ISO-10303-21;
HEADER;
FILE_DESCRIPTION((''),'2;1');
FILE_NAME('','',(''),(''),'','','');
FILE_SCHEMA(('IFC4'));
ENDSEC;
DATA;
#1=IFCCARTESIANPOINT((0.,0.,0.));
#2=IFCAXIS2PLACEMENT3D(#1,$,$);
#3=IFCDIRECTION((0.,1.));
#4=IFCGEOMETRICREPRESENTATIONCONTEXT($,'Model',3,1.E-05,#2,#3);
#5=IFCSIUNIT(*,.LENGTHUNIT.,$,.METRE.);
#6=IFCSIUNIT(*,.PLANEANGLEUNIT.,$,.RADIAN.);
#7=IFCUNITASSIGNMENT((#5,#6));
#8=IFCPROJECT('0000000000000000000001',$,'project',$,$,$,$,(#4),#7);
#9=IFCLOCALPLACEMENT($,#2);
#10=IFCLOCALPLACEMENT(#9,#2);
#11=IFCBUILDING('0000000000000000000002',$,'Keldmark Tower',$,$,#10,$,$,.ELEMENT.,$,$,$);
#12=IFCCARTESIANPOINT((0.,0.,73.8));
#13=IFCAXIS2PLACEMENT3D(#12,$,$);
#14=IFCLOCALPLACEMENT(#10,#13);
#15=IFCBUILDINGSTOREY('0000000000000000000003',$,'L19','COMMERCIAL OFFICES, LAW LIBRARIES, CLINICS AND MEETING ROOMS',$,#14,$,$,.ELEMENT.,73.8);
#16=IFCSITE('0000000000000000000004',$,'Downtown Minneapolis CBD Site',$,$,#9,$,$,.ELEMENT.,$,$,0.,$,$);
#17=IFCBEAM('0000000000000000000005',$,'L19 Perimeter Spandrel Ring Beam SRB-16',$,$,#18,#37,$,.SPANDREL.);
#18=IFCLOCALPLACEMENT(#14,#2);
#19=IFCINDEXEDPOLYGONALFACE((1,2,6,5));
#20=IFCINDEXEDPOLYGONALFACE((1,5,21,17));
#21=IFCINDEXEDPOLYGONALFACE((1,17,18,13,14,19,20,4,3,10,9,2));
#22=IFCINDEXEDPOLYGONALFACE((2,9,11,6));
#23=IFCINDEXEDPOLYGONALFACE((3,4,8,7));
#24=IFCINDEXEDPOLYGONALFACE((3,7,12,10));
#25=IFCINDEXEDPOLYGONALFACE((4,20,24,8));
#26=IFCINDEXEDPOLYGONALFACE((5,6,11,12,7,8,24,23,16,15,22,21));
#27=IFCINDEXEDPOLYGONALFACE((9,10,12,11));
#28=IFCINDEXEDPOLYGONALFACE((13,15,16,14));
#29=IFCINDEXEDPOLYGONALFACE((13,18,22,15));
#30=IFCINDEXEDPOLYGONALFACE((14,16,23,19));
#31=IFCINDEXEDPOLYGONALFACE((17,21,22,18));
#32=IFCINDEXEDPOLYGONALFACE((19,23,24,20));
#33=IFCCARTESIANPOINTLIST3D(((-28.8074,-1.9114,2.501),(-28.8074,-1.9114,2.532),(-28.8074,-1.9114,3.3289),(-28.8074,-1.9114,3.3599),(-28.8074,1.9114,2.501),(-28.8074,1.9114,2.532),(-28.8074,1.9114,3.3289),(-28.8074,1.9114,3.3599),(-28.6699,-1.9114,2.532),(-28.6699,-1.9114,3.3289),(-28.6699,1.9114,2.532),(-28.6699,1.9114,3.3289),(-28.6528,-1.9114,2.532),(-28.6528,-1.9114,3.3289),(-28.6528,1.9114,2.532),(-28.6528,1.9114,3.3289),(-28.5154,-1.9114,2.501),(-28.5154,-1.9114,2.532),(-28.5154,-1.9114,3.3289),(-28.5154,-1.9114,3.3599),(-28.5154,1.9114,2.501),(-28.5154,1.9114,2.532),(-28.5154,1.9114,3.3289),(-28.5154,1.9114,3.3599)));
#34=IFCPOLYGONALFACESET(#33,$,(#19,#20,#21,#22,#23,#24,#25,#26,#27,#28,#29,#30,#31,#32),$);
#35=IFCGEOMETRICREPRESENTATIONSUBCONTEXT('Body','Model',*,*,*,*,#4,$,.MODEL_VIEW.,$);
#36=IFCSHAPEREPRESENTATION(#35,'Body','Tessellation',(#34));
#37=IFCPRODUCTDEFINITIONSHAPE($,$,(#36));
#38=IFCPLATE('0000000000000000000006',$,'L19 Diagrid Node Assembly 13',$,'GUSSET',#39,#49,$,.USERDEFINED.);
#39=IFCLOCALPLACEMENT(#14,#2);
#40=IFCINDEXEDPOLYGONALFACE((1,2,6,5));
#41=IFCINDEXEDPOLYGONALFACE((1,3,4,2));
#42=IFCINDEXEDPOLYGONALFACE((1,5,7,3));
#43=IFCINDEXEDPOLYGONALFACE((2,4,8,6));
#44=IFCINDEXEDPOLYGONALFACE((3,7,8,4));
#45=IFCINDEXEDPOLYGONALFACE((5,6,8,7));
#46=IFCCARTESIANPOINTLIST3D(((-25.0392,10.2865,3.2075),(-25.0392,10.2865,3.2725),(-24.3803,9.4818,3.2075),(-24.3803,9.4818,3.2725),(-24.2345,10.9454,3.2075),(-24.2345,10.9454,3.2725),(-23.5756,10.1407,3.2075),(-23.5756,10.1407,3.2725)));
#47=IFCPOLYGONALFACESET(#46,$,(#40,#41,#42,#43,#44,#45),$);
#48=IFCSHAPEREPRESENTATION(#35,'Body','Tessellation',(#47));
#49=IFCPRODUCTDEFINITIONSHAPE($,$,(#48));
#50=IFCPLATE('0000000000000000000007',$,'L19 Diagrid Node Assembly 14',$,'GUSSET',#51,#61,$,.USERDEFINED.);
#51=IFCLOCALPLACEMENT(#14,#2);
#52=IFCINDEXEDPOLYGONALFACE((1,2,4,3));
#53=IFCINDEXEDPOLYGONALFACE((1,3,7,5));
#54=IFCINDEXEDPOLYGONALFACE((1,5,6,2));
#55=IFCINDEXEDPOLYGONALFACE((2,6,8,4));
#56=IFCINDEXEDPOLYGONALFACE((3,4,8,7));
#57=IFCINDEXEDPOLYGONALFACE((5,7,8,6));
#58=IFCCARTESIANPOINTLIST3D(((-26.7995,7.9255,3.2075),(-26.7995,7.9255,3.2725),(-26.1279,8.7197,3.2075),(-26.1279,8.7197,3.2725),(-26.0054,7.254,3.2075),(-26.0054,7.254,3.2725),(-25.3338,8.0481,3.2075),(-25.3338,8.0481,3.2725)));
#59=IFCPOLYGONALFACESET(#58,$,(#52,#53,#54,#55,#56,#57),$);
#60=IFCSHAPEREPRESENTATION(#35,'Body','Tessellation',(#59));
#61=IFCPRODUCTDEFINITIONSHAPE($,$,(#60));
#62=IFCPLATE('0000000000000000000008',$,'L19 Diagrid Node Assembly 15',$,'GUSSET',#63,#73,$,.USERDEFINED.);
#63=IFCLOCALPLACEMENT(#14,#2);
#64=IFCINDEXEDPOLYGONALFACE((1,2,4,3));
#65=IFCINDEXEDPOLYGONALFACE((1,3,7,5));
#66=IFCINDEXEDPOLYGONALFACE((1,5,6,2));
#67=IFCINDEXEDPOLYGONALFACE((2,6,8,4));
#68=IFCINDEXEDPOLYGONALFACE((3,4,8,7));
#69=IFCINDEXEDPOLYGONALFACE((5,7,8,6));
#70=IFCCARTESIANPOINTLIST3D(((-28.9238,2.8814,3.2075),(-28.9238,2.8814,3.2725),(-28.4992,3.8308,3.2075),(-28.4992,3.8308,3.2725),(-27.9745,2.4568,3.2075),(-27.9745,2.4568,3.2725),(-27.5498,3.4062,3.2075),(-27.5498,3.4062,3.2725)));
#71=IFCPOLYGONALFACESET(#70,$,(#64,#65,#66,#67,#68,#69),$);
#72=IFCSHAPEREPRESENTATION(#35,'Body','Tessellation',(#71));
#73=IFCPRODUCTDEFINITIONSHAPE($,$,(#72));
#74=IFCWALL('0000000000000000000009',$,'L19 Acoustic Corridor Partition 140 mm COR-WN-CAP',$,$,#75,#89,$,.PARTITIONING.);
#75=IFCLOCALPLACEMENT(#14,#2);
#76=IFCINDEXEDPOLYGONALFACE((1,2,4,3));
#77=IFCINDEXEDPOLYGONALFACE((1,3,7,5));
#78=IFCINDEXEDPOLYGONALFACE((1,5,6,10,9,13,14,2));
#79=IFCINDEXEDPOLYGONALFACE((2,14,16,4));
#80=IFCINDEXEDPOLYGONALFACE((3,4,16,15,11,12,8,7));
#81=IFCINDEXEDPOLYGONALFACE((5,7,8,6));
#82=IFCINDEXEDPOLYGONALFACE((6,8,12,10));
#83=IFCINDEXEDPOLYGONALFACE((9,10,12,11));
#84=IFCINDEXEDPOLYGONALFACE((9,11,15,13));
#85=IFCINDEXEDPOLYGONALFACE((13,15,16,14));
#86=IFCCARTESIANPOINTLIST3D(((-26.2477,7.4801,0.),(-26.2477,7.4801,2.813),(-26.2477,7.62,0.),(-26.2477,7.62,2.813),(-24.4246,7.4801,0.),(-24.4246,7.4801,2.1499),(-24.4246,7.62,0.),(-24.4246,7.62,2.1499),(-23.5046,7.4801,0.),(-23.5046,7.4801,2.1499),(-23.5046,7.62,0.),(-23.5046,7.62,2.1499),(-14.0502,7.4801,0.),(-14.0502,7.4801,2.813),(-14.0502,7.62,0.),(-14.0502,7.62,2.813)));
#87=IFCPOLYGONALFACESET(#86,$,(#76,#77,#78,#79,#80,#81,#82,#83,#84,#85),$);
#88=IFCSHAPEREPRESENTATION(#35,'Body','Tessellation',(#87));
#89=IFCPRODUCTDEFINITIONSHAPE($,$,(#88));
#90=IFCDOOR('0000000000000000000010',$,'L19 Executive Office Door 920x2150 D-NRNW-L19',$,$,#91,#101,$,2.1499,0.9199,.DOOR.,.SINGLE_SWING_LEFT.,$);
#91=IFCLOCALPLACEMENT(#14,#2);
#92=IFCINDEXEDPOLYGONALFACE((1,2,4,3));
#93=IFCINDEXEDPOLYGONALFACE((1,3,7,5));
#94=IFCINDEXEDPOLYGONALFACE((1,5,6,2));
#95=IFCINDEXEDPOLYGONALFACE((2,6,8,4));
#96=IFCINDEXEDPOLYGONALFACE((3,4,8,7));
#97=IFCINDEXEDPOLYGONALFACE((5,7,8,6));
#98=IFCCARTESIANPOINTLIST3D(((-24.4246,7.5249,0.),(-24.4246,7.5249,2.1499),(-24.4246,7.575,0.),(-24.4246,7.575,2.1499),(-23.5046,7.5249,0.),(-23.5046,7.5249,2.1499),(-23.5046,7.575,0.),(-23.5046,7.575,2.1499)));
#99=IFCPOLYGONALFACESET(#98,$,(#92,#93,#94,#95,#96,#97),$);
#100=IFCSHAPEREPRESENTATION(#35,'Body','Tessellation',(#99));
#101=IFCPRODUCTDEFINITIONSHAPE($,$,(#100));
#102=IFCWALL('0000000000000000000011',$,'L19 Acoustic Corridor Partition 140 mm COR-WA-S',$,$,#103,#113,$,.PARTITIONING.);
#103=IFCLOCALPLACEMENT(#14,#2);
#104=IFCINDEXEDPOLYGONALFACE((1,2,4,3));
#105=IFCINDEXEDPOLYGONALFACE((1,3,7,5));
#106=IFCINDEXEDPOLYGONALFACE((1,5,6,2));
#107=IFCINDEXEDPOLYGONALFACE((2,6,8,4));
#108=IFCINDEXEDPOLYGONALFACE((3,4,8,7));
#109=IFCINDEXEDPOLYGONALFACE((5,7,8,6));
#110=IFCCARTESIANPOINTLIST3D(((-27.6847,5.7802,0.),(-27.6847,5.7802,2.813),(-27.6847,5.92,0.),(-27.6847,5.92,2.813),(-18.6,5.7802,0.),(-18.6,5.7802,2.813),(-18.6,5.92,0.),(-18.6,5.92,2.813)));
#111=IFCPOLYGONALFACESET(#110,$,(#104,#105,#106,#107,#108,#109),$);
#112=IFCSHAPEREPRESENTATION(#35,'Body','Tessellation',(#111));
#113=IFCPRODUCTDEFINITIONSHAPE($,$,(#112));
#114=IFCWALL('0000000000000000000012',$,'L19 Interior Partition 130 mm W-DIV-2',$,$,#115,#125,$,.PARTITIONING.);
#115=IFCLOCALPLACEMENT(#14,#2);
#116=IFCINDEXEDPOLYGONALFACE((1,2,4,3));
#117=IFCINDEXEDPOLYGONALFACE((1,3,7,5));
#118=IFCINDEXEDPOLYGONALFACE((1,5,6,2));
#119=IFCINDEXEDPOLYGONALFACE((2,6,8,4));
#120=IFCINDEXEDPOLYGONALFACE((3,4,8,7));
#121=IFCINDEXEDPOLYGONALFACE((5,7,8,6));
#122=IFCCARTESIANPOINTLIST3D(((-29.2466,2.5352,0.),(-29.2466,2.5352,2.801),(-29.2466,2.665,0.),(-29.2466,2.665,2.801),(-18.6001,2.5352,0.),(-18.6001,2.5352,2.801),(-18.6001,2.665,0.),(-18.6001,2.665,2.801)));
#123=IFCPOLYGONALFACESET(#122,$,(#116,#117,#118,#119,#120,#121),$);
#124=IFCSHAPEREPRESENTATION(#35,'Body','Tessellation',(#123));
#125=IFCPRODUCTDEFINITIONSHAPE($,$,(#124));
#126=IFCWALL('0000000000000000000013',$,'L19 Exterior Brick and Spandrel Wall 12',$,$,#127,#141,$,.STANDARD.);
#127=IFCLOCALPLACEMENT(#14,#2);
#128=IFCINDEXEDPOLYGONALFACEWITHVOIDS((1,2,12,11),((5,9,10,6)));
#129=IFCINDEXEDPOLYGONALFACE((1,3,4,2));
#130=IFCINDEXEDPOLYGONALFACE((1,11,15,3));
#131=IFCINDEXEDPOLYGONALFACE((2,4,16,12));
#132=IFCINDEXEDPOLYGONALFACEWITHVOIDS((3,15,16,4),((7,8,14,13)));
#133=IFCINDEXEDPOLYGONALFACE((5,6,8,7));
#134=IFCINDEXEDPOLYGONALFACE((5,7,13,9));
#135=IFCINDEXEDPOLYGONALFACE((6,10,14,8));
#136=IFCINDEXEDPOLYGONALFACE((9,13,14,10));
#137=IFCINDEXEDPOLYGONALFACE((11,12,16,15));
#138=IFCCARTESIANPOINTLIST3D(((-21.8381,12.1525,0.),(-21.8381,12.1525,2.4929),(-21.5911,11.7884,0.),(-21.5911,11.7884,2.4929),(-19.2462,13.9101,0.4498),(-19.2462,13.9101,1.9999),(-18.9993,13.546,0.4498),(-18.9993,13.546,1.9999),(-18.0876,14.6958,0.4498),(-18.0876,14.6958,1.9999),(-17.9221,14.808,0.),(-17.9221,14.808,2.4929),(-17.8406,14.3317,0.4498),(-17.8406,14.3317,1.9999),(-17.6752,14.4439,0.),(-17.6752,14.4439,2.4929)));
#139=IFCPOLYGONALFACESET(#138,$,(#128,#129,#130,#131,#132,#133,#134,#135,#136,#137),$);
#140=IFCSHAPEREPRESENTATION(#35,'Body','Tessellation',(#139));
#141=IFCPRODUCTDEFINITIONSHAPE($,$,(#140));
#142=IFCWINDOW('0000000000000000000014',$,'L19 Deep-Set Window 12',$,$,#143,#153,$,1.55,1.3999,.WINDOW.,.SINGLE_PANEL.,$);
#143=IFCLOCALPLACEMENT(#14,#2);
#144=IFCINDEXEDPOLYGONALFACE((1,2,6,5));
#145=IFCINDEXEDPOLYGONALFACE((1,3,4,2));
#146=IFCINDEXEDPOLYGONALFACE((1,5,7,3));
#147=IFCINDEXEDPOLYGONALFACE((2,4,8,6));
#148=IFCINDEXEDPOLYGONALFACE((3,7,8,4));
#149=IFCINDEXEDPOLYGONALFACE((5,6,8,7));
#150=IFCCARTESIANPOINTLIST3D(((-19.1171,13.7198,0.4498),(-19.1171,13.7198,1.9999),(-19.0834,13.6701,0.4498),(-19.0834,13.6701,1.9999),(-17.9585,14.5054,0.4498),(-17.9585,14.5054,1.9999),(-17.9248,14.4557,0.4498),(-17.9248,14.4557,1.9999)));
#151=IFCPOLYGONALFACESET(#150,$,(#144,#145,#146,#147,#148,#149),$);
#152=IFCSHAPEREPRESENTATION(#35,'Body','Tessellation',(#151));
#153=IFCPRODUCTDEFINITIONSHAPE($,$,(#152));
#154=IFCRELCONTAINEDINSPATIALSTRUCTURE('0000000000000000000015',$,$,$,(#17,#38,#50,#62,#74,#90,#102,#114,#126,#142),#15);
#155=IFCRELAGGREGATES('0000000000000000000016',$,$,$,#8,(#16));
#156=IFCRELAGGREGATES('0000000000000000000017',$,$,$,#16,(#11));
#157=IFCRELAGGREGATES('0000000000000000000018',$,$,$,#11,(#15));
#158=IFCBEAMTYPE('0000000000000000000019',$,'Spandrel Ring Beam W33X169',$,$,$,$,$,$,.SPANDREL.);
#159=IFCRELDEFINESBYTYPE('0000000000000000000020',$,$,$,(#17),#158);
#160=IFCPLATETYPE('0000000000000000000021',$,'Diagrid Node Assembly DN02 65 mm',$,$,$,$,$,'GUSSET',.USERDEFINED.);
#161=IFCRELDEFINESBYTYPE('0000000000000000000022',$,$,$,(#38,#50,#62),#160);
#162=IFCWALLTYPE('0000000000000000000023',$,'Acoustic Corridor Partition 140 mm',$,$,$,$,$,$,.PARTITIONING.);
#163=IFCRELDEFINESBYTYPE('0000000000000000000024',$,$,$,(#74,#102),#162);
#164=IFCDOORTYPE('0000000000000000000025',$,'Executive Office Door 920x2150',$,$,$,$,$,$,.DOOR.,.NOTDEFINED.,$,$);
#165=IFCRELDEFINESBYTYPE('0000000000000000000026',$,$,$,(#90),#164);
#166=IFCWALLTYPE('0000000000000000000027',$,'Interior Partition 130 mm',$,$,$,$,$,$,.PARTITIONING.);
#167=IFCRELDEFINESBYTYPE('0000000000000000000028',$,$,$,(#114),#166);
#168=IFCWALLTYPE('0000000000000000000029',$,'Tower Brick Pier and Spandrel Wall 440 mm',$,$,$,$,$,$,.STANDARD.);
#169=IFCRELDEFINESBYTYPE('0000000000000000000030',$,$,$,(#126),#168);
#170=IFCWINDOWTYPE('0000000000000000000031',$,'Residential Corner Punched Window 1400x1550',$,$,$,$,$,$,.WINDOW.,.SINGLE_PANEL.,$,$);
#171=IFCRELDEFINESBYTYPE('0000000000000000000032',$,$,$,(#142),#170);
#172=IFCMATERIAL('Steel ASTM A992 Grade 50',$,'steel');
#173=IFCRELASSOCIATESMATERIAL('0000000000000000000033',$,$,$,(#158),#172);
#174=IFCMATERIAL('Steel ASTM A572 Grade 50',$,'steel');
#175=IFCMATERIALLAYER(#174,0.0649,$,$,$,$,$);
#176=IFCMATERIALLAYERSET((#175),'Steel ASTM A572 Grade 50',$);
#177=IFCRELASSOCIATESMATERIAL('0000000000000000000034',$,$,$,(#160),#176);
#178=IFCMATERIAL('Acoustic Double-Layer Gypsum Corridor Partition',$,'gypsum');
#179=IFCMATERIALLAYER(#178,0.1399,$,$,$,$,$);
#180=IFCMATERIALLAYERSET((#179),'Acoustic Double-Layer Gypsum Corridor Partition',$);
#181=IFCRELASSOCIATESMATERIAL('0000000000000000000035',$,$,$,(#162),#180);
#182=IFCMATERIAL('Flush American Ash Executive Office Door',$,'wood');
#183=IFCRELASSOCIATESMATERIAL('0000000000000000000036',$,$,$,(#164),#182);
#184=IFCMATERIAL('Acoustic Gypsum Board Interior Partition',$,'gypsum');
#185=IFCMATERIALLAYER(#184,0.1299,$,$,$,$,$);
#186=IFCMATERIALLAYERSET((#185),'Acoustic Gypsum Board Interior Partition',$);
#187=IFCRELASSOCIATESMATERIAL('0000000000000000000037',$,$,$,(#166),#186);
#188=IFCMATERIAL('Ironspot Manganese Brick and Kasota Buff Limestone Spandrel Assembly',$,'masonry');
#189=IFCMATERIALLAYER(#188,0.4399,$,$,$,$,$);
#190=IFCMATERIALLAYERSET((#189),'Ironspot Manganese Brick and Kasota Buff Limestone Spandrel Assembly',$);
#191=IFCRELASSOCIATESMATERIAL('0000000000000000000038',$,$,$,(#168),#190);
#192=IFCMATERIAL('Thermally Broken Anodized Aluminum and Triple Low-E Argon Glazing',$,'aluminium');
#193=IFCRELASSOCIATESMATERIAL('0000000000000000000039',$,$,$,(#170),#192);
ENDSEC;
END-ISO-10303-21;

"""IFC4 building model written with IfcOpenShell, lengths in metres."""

from ifc_helpers import new_model, si_unit, direction, frame, frame_2d, origin, origin_2d, place, context, subcontext, project, spatial, rectangle, i_section, extrude, material, layer, layer_set, material_profile, profile_set, type_object, element, fill, save


model = new_model("IFC4")

# Units and contexts
model_context = context("Model", 3, precision=1e-05, world=origin(), true_north=direction((0.0, 1.0)))
body_context = subcontext(model_context, "Body", "Model", "MODEL_VIEW")
ifc_project = project(units=[si_unit("LENGTHUNIT", "METRE"), si_unit("PLANEANGLEUNIT", "RADIAN")], contexts=[model_context])

# Site, building, storey
site_placement = place(None, origin())
site = spatial("IfcSite", under=ifc_project, at=site_placement, Name="Downtown Minneapolis CBD Site", CompositionType="ELEMENT", RefElevation=0.0)
building_placement = place(site_placement, origin())
building = spatial("IfcBuilding", under=site, at=building_placement, Name="Keldmark Tower", CompositionType="ELEMENT")
storey_placement = place(building_placement, frame((0.0, 0.0, 73.8)))
storey = spatial("IfcBuildingStorey", under=building, at=storey_placement, Name="L19", Description="COMMERCIAL OFFICES, LAW LIBRARIES, CLINICS AND MEETING ROOMS", CompositionType="ELEMENT", Elevation=73.8)

# Beam
ifc_material_1 = material(Name="Steel ASTM A992 Grade 50", Category="steel")
ifc_material_profile_1 = material_profile(ifc_material_1, i_section(OverallWidth=0.292, OverallDepth=0.8589, WebThickness=0.0171, FlangeThickness=0.031, at=origin_2d()), Name="W33X169")
ifc_profile_set_1 = profile_set([ifc_material_profile_1], Name="Steel ASTM A992 Grade 50")
beam_type_1 = type_object("IfcBeamType", Name="Spandrel Ring Beam W33X169", PredefinedType="SPANDREL", material=ifc_profile_set_1)
beam_1_placement = place(storey_placement, frame((-28.6614, 1.9114, 2.9304), z_axis=(0.0, -1.0, 0.0), x_axis=(1.0, 0.0, 0.0)))
element("IfcBeam", 1, at=beam_1_placement, inside=storey, type_object=beam_type_1, Name="L19 Perimeter Spandrel Ring Beam SRB-16", PredefinedType="SPANDREL", context=body_context, shape_type="SweptSolid", body=[
    extrude(i_section(OverallWidth=0.292, OverallDepth=0.8589, WebThickness=0.0171, FlangeThickness=0.031, at=origin_2d()), origin(), (0.0, 0.0, 1.0), 3.8228),
])

# Plates
ifc_material_2 = material(Name="Steel ASTM A572 Grade 50", Category="steel")
ifc_layer_1 = layer(ifc_material_2, 0.0649)
ifc_layer_set_1 = layer_set([ifc_layer_1], Name="Steel ASTM A572 Grade 50")
plate_type = type_object("IfcPlateType", Name="Diagrid Node Assembly DN02 65 mm", ElementType="GUSSET", PredefinedType="USERDEFINED", material=ifc_layer_set_1)
for number, where, z_axis, x_axis, name in (
    (2, (-24.3074, 10.2136, 3.2075), (0.0, 0.0, 1.0), (-0.77373, -0.633516, 0.0), "L19 Diagrid Node Assembly 13"),
    (3, (-26.0667, 7.9868, 3.2075), (0.0, 0.0, 1.0), (-0.645724, -0.763571, 0.0), "L19 Diagrid Node Assembly 14"),
    (4, (-28.2368, 3.1438, 3.2075), (0.0, 0.0, 1.0), (-0.40833, -0.912834, 0.0), "L19 Diagrid Node Assembly 15"),
):
    element("IfcPlate", number, at=place(storey_placement, frame(where, z_axis=z_axis, x_axis=x_axis)), inside=storey, type_object=plate_type, Name=name, ObjectType="GUSSET", PredefinedType="USERDEFINED", context=body_context, shape_type="SweptSolid", body=[
        extrude(rectangle(XDim=1.04, YDim=1.04, at=origin_2d()), origin(), (0.0, 0.0, 1.0), 0.0649),
    ])

# Wall, opening, door
ifc_material_3 = material(Name="Acoustic Double-Layer Gypsum Corridor Partition", Category="gypsum")
ifc_layer_2 = layer(ifc_material_3, 0.1399)
ifc_layer_set_2 = layer_set([ifc_layer_2], Name="Acoustic Double-Layer Gypsum Corridor Partition")
wall_type_1 = type_object("IfcWallType", Name="Acoustic Corridor Partition 140 mm", PredefinedType="PARTITIONING", material=ifc_layer_set_2)
wall_1_placement = place(storey_placement, frame((-26.2476, 7.55, 0.0), z_axis=(0.0, 0.0, 1.0), x_axis=(1.0, 0.0, 0.0)))
wall_1 = element("IfcWall", 5, at=wall_1_placement, inside=storey, type_object=wall_type_1, Name="L19 Acoustic Corridor Partition 140 mm COR-WN-CAP", PredefinedType="PARTITIONING", context=body_context, shape_type="SweptSolid", body=[
    extrude(rectangle(XDim=12.1975, YDim=0.1399, at=frame_2d((6.0986, 0.0))), origin(), (0.0, 0.0, 1.0), 2.813),
])
opening_1_placement = place(wall_1_placement, frame((1.823, 0.0, 0.0)))
opening_1 = element("IfcOpeningElement", 6, at=opening_1_placement, cuts=wall_1, PredefinedType="OPENING", context=body_context, shape_type="SweptSolid", body=[
    extrude(rectangle(XDim=0.9199, YDim=2.1499, at=frame_2d((0.46, 1.075))), frame((0.0, 0.0798, 0.0), z_axis=(0.0, -1.0, 0.0), x_axis=(1.0, 0.0, 0.0)), (0.0, 0.0, 1.0), 0.1599),
])
ifc_material_4 = material(Name="Flush American Ash Executive Office Door", Category="wood")
door_type = type_object("IfcDoorType", Name="Executive Office Door 920x2150", OperationType="NOTDEFINED", PredefinedType="DOOR", material=ifc_material_4)
door_placement = place(opening_1_placement, origin())
door = element("IfcDoor", 7, at=door_placement, inside=storey, type_object=door_type, Name="L19 Executive Office Door 920x2150 D-NRNW-L19", OperationType="SINGLE_SWING_LEFT", OverallHeight=2.1499, OverallWidth=0.9199, PredefinedType="DOOR", context=body_context, shape_type="SweptSolid", body=[
    extrude(rectangle(XDim=0.9199, YDim=2.1499, at=frame_2d((0.46, 1.075))), frame((0.0, 0.0249, 0.0), z_axis=(0.0, -1.0, 0.0), x_axis=(1.0, 0.0, 0.0)), (0.0, 0.0, 1.0), 0.05),
])
fill(opening_1, door)

# Walls
wall_2_placement = place(storey_placement, frame((-27.6848, 5.8501, 0.0), z_axis=(0.0, 0.0, 1.0), x_axis=(1.0, 0.0, 0.0)))
element("IfcWall", 8, at=wall_2_placement, inside=storey, type_object=wall_type_1, Name="L19 Acoustic Corridor Partition 140 mm COR-WA-S", PredefinedType="PARTITIONING", context=body_context, shape_type="SweptSolid", body=[
    extrude(rectangle(XDim=9.0847, YDim=0.1399, at=frame_2d((4.5425, 0.0))), origin(), (0.0, 0.0, 1.0), 2.813),
])
ifc_material_5 = material(Name="Acoustic Gypsum Board Interior Partition", Category="gypsum")
ifc_layer_3 = layer(ifc_material_5, 0.1299)
ifc_layer_set_3 = layer_set([ifc_layer_3], Name="Acoustic Gypsum Board Interior Partition")
wall_type_2 = type_object("IfcWallType", Name="Interior Partition 130 mm", PredefinedType="PARTITIONING", material=ifc_layer_set_3)
wall_3_placement = place(storey_placement, frame((-29.2466, 2.6001, 0.0), z_axis=(0.0, 0.0, 1.0), x_axis=(1.0, 0.0, 0.0)))
element("IfcWall", 9, at=wall_3_placement, inside=storey, type_object=wall_type_2, Name="L19 Interior Partition 130 mm W-DIV-2", PredefinedType="PARTITIONING", context=body_context, shape_type="SweptSolid", body=[
    extrude(rectangle(XDim=10.6465, YDim=0.1299, at=frame_2d((5.3232, 0.0))), origin(), (0.0, 0.0, 1.0), 2.801),
])

# Wall, opening, window
ifc_material_6 = material(Name="Ironspot Manganese Brick and Kasota Buff Limestone Spandrel Assembly", Category="masonry")
ifc_layer_4 = layer(ifc_material_6, 0.4399)
ifc_layer_set_4 = layer_set([ifc_layer_4], Name="Ironspot Manganese Brick and Kasota Buff Limestone Spandrel Assembly")
wall_type_3 = type_object("IfcWallType", Name="Tower Brick Pier and Spandrel Wall 440 mm", PredefinedType="STANDARD", material=ifc_layer_set_4)
wall_4_placement = place(storey_placement, frame((-21.7146, 11.9705, 0.0), z_axis=(0.0, 0.0, 1.0), x_axis=(0.82765, 0.561244, 0.0)))
wall_4 = element("IfcWall", 10, at=wall_4_placement, inside=storey, type_object=wall_type_3, Name="L19 Exterior Brick and Spandrel Wall 12", PredefinedType="STANDARD", context=body_context, shape_type="SweptSolid", body=[
    extrude(rectangle(XDim=4.7314, YDim=0.4399, at=frame_2d((2.3657, 0.0))), origin(), (0.0, 0.0, 1.0), 2.4929),
])
opening_2_placement = place(wall_4_placement, frame((3.1316, 0.0, 0.45)))
opening_2 = element("IfcOpeningElement", 11, at=opening_2_placement, cuts=wall_4, PredefinedType="OPENING", context=body_context, shape_type="SweptSolid", body=[
    extrude(rectangle(XDim=1.3999, YDim=1.55, at=frame_2d((0.7, 0.7749))), frame((0.0, 0.23, 0.0), z_axis=(0.0, -1.0, 0.0), x_axis=(1.0, 0.0, 0.0)), (0.0, 0.0, 1.0), 0.46),
])
ifc_material_7 = material(Name="Thermally Broken Anodized Aluminum and Triple Low-E Argon Glazing", Category="aluminium")
window_type_1 = type_object("IfcWindowType", Name="Residential Corner Punched Window 1400x1550", PartitioningType="SINGLE_PANEL", PredefinedType="WINDOW", material=ifc_material_7)
window_1_placement = place(opening_2_placement, origin())
window_1 = element("IfcWindow", 12, at=window_1_placement, inside=storey, type_object=window_type_1, Name="L19 Deep-Set Window 12", OverallHeight=1.55, OverallWidth=1.3999, PartitioningType="SINGLE_PANEL", PredefinedType="WINDOW", context=body_context, shape_type="SweptSolid", body=[
    extrude(rectangle(XDim=1.3999, YDim=1.55, at=frame_2d((0.7, 0.7749))), frame((0.0, -0.01, 0.0), z_axis=(0.0, -1.0, 0.0), x_axis=(1.0, 0.0, 0.0)), (0.0, 0.0, 1.0), 0.0601),
])
fill(opening_2, window_1)

save(model, "model.ifc")
